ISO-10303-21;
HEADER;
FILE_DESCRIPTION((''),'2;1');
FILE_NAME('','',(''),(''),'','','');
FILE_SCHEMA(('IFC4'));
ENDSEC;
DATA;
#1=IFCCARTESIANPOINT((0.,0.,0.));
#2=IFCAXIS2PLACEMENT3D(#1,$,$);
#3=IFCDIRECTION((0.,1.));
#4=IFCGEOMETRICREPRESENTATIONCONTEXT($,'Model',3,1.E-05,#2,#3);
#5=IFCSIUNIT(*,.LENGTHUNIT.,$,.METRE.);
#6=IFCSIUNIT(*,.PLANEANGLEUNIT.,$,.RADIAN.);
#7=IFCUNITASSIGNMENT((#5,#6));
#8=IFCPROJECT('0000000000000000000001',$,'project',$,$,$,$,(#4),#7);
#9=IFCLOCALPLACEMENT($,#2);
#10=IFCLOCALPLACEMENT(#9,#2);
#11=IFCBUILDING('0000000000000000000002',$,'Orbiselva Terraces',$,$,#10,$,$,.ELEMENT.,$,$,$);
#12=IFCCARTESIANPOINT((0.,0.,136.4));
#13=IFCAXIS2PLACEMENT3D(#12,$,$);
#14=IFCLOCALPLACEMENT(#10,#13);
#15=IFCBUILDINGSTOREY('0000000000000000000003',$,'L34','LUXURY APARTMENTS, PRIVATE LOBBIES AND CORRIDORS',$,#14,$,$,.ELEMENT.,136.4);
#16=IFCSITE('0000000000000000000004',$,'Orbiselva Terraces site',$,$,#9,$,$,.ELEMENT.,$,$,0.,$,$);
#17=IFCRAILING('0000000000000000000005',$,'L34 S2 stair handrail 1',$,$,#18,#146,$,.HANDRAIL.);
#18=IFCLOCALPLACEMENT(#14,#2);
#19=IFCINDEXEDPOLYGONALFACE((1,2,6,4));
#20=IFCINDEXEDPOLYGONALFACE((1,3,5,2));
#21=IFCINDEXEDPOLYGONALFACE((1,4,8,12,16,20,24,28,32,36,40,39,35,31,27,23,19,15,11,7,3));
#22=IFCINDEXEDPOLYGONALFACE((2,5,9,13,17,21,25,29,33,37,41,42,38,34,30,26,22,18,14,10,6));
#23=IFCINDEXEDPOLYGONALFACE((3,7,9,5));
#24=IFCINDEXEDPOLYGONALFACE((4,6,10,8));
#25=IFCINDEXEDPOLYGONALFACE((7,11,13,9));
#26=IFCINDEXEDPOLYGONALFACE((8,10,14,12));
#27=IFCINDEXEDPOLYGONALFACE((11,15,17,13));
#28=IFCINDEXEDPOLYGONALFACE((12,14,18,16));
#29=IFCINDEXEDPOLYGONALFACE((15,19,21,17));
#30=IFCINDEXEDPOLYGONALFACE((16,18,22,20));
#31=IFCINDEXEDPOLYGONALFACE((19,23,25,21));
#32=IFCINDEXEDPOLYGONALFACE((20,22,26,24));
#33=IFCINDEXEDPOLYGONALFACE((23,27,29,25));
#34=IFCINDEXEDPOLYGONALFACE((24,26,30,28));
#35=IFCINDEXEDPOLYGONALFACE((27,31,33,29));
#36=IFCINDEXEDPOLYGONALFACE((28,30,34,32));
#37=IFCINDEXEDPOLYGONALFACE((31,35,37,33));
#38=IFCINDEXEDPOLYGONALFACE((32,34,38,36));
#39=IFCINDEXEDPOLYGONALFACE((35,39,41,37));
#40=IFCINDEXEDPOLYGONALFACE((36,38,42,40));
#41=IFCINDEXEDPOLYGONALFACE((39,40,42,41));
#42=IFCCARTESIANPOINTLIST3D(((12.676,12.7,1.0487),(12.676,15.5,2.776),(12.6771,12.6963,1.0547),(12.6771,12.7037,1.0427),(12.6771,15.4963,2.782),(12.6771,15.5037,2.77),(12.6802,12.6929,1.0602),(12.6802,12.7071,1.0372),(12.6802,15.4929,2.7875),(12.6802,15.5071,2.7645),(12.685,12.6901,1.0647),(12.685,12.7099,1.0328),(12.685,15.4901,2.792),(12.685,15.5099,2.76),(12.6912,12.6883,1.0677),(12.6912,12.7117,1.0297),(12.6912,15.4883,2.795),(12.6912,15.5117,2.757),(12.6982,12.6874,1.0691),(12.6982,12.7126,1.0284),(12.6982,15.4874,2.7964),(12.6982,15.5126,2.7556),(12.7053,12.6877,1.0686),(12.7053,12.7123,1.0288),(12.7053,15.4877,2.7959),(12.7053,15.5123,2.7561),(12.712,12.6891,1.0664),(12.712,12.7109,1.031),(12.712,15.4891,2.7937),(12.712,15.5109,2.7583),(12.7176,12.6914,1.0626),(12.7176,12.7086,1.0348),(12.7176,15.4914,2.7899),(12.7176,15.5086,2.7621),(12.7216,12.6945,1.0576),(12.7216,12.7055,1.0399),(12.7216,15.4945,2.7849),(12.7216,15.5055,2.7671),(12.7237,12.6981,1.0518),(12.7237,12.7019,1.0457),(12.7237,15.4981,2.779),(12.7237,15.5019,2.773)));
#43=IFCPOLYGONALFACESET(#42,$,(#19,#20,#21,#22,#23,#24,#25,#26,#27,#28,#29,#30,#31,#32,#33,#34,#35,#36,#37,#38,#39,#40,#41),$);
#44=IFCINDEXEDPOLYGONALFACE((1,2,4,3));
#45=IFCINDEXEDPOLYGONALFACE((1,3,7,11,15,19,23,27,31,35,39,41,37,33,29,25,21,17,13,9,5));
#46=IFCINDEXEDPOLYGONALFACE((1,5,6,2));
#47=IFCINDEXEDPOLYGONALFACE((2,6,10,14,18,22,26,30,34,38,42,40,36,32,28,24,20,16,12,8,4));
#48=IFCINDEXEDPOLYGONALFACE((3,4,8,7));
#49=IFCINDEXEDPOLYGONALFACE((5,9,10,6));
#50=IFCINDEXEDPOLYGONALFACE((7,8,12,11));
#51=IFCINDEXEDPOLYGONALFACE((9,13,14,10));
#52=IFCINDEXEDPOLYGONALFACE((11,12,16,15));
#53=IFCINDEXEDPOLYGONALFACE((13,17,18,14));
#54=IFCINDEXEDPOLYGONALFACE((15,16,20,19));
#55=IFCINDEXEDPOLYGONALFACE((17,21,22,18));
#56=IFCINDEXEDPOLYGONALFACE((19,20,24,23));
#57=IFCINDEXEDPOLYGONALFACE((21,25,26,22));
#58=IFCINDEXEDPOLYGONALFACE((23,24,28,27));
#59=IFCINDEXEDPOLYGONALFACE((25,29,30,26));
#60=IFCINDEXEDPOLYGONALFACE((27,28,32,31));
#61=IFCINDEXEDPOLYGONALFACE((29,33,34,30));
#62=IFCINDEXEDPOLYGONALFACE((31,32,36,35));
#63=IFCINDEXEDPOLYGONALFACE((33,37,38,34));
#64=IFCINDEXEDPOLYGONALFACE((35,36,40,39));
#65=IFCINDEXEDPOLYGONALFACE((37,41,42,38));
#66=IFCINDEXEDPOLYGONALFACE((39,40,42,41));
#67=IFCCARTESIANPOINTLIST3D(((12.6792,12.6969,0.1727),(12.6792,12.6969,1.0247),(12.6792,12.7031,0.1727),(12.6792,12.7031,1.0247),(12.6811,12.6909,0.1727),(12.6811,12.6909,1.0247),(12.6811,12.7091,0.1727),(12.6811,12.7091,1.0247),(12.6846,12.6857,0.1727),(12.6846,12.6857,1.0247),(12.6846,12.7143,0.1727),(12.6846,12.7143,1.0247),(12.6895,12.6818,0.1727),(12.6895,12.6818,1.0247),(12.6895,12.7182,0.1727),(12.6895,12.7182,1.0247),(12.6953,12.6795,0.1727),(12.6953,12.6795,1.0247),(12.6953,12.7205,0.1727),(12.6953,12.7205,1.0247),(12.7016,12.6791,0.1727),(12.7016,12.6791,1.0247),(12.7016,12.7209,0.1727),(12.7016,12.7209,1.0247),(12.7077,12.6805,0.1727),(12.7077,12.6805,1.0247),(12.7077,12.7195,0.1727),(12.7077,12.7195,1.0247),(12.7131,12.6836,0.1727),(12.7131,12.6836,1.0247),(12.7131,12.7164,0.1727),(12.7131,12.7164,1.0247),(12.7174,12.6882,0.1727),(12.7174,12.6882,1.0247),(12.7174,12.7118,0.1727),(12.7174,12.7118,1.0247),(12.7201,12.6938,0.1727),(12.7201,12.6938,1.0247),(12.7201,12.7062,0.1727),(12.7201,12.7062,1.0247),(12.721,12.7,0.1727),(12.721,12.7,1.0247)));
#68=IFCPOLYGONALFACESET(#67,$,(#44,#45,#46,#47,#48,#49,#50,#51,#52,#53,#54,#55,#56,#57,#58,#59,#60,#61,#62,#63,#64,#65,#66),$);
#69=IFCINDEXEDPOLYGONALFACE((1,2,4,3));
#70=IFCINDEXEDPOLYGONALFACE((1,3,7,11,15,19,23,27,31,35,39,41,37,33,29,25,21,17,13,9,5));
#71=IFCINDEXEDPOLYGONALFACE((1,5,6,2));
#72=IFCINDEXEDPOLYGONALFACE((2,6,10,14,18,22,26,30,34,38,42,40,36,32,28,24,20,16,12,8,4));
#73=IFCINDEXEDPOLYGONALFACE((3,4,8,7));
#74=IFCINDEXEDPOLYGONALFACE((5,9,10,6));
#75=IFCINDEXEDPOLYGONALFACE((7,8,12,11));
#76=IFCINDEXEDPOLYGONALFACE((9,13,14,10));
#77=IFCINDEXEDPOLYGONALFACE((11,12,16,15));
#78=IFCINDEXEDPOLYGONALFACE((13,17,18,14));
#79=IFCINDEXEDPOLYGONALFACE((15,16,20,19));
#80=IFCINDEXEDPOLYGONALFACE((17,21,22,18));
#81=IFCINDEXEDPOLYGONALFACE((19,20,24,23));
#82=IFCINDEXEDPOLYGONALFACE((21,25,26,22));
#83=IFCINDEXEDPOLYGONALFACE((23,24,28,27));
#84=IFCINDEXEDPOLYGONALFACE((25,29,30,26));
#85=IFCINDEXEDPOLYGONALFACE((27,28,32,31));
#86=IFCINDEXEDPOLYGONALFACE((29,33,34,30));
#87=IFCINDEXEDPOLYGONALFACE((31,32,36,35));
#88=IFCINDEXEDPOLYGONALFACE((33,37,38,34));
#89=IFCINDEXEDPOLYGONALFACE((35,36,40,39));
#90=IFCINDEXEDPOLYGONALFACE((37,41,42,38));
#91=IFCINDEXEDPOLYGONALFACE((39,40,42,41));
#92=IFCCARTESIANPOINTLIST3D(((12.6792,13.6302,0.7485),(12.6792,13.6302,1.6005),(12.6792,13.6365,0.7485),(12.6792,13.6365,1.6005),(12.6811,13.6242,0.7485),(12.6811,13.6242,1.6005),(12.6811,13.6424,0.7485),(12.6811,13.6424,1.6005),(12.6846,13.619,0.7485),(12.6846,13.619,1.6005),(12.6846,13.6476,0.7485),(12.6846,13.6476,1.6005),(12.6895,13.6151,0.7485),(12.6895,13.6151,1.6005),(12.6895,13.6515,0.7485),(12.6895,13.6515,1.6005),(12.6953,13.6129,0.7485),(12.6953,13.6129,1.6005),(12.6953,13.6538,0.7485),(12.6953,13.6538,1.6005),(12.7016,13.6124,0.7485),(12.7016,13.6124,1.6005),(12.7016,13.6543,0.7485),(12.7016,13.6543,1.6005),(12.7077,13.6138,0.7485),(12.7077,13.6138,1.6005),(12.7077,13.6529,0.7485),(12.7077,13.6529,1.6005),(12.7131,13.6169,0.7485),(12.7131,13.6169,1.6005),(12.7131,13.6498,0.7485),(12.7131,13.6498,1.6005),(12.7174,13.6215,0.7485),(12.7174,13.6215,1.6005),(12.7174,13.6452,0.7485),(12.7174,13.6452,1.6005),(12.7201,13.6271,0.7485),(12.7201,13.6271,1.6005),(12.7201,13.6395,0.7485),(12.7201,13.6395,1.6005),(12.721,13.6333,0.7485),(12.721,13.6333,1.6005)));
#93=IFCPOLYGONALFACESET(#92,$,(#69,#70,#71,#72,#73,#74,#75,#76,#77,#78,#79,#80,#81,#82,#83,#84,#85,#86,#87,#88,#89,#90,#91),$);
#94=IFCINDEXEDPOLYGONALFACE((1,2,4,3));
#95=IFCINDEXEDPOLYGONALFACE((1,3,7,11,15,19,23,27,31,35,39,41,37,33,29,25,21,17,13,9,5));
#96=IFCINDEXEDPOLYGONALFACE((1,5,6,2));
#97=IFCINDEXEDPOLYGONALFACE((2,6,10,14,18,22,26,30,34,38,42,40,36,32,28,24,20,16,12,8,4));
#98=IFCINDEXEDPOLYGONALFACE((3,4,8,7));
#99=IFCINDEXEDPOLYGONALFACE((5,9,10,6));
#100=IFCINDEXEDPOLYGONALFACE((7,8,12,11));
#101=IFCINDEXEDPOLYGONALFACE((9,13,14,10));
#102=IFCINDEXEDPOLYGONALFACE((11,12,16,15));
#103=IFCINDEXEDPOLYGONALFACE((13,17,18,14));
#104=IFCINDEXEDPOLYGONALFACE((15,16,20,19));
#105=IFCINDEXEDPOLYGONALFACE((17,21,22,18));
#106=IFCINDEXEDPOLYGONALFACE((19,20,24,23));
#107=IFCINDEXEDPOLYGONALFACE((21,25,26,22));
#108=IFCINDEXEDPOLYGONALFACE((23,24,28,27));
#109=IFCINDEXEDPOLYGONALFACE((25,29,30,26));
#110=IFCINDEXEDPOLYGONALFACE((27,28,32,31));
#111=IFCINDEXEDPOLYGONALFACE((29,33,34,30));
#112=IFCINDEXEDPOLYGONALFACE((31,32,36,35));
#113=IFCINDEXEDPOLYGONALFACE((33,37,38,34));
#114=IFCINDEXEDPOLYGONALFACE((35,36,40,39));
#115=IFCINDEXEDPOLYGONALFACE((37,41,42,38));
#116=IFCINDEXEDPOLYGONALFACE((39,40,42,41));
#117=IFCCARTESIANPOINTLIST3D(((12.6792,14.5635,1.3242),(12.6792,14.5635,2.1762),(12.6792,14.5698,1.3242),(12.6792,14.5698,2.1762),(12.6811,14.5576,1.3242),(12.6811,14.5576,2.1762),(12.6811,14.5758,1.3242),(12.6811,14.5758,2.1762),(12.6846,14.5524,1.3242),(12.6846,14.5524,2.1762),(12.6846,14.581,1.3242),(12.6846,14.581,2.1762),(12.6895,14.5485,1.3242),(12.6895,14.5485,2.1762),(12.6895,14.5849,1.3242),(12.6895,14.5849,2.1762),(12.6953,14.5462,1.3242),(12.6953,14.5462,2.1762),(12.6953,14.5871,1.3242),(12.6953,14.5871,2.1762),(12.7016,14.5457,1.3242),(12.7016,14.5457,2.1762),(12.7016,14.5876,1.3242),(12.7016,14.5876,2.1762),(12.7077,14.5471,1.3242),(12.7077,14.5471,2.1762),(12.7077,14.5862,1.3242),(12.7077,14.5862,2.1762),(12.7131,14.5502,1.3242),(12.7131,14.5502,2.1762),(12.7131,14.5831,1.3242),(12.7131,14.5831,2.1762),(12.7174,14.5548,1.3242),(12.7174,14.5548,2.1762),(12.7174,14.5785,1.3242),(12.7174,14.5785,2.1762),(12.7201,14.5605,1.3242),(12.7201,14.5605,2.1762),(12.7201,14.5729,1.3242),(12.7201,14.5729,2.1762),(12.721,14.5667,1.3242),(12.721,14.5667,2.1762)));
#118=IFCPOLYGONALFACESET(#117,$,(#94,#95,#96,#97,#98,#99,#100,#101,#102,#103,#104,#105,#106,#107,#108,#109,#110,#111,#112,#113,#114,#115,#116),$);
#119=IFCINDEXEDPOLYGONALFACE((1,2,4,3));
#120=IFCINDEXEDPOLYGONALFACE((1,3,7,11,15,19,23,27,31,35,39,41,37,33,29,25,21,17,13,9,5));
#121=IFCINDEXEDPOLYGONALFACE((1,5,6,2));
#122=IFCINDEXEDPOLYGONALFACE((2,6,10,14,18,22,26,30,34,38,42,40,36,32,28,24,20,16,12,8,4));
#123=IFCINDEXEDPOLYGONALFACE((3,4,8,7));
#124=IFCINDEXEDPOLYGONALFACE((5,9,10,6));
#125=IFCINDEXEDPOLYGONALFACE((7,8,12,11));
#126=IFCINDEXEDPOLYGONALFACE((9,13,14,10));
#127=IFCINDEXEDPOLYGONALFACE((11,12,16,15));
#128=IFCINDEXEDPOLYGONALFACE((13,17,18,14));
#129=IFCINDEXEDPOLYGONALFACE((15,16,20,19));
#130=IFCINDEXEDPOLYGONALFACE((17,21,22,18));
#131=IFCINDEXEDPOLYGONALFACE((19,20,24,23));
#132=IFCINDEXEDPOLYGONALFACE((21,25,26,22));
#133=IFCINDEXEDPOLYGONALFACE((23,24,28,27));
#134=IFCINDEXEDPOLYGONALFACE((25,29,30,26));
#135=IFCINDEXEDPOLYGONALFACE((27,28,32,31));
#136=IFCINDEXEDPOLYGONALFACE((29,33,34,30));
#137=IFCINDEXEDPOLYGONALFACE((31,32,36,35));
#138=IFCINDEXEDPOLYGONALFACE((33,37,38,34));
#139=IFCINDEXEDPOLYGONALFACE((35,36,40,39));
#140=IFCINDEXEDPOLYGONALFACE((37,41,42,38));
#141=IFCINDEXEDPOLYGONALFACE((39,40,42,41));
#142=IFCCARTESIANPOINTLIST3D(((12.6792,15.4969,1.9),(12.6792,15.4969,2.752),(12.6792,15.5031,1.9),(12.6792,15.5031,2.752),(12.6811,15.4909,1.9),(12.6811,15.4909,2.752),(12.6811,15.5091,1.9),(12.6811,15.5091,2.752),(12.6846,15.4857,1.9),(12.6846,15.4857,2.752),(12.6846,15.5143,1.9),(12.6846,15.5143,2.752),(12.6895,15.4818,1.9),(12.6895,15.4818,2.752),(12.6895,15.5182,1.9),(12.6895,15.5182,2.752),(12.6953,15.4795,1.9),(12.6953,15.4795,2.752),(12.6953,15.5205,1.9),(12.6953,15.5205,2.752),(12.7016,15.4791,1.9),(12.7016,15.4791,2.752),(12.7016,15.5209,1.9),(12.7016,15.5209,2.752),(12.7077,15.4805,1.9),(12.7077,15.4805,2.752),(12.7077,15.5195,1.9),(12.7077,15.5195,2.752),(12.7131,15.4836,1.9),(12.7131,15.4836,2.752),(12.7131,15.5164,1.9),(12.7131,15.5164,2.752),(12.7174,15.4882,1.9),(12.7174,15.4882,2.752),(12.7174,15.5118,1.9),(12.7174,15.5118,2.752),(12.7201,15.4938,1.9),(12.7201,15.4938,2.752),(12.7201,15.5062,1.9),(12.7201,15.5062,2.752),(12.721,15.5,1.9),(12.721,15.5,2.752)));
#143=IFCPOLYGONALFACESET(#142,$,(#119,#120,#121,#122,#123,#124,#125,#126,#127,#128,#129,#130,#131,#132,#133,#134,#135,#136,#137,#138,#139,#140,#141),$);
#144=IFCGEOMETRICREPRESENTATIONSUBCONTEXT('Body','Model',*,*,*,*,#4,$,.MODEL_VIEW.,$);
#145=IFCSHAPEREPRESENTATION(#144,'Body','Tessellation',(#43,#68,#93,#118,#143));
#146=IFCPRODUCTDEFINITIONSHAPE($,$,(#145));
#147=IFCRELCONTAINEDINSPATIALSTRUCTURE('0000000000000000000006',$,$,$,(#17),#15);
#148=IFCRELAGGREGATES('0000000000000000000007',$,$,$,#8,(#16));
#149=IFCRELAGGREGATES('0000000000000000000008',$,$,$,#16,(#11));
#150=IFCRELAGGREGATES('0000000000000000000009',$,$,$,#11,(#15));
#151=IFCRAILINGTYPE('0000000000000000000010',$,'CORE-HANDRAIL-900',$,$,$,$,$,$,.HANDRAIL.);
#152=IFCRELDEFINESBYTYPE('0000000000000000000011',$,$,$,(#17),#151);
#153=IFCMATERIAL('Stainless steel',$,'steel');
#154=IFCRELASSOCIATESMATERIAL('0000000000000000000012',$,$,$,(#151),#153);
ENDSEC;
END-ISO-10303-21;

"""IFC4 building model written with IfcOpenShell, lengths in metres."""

from ifc_helpers import new_model, si_unit, direction, frame, origin, origin_2d, place, context, subcontext, project, spatial, circle, extrude, material, type_object, element, save


model = new_model("IFC4")

# Units and contexts
model_context = context("Model", 3, precision=1e-05, world=origin(), true_north=direction((0.0, 1.0)))
body_context = subcontext(model_context, "Body", "Model", "MODEL_VIEW")
ifc_project = project(units=[si_unit("LENGTHUNIT", "METRE"), si_unit("PLANEANGLEUNIT", "RADIAN")], contexts=[model_context])

# Site, building, storey
site_placement = place(None, origin())
site = spatial("IfcSite", under=ifc_project, at=site_placement, Name="Orbiselva Terraces site", CompositionType="ELEMENT", RefElevation=0.0)
building_placement = place(site_placement, origin())
building = spatial("IfcBuilding", under=site, at=building_placement, Name="Orbiselva Terraces", CompositionType="ELEMENT")
storey_placement = place(building_placement, frame((0.0, 0.0, 136.4)))
storey = spatial("IfcBuildingStorey", under=building, at=storey_placement, Name="L34", Description="LUXURY APARTMENTS, PRIVATE LOBBIES AND CORRIDORS", CompositionType="ELEMENT", Elevation=136.4)

# Railing
ifc_material_1 = material(Name="Stainless steel", Category="steel")
railing_type_1 = type_object("IfcRailingType", Name="CORE-HANDRAIL-900", PredefinedType="HANDRAIL", material=ifc_material_1)
railing_1_placement = place(storey_placement, frame((12.7, 12.7, 0.1727)))
element("IfcRailing", 1, at=railing_1_placement, inside=storey, type_object=railing_type_1, Name="L34 S2 stair handrail 1", PredefinedType="HANDRAIL", context=body_context, shape_type="SweptSolid", body=[
    extrude(circle(Radius=0.024, at=origin_2d()), frame((0.0, 0.0, 0.876), z_axis=(0.0, 0.851089, 0.525022), x_axis=(-1.0, 0.0, 0.0)), (0.0, 0.0, 1.0), 3.2899),
    extrude(circle(Radius=0.021, at=origin_2d()), origin(), (0.0, 0.0, 1.0), 0.852),
    extrude(circle(Radius=0.021, at=origin_2d()), frame((0.0, 0.9333, 0.5758)), (0.0, 0.0, 1.0), 0.852),
    extrude(circle(Radius=0.021, at=origin_2d()), frame((0.0, 1.8667, 1.1515)), (0.0, 0.0, 1.0), 0.852),
    extrude(circle(Radius=0.021, at=origin_2d()), frame((0.0, 2.8, 1.7273)), (0.0, 0.0, 1.0), 0.852),
])

save(model, "model.ifc")
